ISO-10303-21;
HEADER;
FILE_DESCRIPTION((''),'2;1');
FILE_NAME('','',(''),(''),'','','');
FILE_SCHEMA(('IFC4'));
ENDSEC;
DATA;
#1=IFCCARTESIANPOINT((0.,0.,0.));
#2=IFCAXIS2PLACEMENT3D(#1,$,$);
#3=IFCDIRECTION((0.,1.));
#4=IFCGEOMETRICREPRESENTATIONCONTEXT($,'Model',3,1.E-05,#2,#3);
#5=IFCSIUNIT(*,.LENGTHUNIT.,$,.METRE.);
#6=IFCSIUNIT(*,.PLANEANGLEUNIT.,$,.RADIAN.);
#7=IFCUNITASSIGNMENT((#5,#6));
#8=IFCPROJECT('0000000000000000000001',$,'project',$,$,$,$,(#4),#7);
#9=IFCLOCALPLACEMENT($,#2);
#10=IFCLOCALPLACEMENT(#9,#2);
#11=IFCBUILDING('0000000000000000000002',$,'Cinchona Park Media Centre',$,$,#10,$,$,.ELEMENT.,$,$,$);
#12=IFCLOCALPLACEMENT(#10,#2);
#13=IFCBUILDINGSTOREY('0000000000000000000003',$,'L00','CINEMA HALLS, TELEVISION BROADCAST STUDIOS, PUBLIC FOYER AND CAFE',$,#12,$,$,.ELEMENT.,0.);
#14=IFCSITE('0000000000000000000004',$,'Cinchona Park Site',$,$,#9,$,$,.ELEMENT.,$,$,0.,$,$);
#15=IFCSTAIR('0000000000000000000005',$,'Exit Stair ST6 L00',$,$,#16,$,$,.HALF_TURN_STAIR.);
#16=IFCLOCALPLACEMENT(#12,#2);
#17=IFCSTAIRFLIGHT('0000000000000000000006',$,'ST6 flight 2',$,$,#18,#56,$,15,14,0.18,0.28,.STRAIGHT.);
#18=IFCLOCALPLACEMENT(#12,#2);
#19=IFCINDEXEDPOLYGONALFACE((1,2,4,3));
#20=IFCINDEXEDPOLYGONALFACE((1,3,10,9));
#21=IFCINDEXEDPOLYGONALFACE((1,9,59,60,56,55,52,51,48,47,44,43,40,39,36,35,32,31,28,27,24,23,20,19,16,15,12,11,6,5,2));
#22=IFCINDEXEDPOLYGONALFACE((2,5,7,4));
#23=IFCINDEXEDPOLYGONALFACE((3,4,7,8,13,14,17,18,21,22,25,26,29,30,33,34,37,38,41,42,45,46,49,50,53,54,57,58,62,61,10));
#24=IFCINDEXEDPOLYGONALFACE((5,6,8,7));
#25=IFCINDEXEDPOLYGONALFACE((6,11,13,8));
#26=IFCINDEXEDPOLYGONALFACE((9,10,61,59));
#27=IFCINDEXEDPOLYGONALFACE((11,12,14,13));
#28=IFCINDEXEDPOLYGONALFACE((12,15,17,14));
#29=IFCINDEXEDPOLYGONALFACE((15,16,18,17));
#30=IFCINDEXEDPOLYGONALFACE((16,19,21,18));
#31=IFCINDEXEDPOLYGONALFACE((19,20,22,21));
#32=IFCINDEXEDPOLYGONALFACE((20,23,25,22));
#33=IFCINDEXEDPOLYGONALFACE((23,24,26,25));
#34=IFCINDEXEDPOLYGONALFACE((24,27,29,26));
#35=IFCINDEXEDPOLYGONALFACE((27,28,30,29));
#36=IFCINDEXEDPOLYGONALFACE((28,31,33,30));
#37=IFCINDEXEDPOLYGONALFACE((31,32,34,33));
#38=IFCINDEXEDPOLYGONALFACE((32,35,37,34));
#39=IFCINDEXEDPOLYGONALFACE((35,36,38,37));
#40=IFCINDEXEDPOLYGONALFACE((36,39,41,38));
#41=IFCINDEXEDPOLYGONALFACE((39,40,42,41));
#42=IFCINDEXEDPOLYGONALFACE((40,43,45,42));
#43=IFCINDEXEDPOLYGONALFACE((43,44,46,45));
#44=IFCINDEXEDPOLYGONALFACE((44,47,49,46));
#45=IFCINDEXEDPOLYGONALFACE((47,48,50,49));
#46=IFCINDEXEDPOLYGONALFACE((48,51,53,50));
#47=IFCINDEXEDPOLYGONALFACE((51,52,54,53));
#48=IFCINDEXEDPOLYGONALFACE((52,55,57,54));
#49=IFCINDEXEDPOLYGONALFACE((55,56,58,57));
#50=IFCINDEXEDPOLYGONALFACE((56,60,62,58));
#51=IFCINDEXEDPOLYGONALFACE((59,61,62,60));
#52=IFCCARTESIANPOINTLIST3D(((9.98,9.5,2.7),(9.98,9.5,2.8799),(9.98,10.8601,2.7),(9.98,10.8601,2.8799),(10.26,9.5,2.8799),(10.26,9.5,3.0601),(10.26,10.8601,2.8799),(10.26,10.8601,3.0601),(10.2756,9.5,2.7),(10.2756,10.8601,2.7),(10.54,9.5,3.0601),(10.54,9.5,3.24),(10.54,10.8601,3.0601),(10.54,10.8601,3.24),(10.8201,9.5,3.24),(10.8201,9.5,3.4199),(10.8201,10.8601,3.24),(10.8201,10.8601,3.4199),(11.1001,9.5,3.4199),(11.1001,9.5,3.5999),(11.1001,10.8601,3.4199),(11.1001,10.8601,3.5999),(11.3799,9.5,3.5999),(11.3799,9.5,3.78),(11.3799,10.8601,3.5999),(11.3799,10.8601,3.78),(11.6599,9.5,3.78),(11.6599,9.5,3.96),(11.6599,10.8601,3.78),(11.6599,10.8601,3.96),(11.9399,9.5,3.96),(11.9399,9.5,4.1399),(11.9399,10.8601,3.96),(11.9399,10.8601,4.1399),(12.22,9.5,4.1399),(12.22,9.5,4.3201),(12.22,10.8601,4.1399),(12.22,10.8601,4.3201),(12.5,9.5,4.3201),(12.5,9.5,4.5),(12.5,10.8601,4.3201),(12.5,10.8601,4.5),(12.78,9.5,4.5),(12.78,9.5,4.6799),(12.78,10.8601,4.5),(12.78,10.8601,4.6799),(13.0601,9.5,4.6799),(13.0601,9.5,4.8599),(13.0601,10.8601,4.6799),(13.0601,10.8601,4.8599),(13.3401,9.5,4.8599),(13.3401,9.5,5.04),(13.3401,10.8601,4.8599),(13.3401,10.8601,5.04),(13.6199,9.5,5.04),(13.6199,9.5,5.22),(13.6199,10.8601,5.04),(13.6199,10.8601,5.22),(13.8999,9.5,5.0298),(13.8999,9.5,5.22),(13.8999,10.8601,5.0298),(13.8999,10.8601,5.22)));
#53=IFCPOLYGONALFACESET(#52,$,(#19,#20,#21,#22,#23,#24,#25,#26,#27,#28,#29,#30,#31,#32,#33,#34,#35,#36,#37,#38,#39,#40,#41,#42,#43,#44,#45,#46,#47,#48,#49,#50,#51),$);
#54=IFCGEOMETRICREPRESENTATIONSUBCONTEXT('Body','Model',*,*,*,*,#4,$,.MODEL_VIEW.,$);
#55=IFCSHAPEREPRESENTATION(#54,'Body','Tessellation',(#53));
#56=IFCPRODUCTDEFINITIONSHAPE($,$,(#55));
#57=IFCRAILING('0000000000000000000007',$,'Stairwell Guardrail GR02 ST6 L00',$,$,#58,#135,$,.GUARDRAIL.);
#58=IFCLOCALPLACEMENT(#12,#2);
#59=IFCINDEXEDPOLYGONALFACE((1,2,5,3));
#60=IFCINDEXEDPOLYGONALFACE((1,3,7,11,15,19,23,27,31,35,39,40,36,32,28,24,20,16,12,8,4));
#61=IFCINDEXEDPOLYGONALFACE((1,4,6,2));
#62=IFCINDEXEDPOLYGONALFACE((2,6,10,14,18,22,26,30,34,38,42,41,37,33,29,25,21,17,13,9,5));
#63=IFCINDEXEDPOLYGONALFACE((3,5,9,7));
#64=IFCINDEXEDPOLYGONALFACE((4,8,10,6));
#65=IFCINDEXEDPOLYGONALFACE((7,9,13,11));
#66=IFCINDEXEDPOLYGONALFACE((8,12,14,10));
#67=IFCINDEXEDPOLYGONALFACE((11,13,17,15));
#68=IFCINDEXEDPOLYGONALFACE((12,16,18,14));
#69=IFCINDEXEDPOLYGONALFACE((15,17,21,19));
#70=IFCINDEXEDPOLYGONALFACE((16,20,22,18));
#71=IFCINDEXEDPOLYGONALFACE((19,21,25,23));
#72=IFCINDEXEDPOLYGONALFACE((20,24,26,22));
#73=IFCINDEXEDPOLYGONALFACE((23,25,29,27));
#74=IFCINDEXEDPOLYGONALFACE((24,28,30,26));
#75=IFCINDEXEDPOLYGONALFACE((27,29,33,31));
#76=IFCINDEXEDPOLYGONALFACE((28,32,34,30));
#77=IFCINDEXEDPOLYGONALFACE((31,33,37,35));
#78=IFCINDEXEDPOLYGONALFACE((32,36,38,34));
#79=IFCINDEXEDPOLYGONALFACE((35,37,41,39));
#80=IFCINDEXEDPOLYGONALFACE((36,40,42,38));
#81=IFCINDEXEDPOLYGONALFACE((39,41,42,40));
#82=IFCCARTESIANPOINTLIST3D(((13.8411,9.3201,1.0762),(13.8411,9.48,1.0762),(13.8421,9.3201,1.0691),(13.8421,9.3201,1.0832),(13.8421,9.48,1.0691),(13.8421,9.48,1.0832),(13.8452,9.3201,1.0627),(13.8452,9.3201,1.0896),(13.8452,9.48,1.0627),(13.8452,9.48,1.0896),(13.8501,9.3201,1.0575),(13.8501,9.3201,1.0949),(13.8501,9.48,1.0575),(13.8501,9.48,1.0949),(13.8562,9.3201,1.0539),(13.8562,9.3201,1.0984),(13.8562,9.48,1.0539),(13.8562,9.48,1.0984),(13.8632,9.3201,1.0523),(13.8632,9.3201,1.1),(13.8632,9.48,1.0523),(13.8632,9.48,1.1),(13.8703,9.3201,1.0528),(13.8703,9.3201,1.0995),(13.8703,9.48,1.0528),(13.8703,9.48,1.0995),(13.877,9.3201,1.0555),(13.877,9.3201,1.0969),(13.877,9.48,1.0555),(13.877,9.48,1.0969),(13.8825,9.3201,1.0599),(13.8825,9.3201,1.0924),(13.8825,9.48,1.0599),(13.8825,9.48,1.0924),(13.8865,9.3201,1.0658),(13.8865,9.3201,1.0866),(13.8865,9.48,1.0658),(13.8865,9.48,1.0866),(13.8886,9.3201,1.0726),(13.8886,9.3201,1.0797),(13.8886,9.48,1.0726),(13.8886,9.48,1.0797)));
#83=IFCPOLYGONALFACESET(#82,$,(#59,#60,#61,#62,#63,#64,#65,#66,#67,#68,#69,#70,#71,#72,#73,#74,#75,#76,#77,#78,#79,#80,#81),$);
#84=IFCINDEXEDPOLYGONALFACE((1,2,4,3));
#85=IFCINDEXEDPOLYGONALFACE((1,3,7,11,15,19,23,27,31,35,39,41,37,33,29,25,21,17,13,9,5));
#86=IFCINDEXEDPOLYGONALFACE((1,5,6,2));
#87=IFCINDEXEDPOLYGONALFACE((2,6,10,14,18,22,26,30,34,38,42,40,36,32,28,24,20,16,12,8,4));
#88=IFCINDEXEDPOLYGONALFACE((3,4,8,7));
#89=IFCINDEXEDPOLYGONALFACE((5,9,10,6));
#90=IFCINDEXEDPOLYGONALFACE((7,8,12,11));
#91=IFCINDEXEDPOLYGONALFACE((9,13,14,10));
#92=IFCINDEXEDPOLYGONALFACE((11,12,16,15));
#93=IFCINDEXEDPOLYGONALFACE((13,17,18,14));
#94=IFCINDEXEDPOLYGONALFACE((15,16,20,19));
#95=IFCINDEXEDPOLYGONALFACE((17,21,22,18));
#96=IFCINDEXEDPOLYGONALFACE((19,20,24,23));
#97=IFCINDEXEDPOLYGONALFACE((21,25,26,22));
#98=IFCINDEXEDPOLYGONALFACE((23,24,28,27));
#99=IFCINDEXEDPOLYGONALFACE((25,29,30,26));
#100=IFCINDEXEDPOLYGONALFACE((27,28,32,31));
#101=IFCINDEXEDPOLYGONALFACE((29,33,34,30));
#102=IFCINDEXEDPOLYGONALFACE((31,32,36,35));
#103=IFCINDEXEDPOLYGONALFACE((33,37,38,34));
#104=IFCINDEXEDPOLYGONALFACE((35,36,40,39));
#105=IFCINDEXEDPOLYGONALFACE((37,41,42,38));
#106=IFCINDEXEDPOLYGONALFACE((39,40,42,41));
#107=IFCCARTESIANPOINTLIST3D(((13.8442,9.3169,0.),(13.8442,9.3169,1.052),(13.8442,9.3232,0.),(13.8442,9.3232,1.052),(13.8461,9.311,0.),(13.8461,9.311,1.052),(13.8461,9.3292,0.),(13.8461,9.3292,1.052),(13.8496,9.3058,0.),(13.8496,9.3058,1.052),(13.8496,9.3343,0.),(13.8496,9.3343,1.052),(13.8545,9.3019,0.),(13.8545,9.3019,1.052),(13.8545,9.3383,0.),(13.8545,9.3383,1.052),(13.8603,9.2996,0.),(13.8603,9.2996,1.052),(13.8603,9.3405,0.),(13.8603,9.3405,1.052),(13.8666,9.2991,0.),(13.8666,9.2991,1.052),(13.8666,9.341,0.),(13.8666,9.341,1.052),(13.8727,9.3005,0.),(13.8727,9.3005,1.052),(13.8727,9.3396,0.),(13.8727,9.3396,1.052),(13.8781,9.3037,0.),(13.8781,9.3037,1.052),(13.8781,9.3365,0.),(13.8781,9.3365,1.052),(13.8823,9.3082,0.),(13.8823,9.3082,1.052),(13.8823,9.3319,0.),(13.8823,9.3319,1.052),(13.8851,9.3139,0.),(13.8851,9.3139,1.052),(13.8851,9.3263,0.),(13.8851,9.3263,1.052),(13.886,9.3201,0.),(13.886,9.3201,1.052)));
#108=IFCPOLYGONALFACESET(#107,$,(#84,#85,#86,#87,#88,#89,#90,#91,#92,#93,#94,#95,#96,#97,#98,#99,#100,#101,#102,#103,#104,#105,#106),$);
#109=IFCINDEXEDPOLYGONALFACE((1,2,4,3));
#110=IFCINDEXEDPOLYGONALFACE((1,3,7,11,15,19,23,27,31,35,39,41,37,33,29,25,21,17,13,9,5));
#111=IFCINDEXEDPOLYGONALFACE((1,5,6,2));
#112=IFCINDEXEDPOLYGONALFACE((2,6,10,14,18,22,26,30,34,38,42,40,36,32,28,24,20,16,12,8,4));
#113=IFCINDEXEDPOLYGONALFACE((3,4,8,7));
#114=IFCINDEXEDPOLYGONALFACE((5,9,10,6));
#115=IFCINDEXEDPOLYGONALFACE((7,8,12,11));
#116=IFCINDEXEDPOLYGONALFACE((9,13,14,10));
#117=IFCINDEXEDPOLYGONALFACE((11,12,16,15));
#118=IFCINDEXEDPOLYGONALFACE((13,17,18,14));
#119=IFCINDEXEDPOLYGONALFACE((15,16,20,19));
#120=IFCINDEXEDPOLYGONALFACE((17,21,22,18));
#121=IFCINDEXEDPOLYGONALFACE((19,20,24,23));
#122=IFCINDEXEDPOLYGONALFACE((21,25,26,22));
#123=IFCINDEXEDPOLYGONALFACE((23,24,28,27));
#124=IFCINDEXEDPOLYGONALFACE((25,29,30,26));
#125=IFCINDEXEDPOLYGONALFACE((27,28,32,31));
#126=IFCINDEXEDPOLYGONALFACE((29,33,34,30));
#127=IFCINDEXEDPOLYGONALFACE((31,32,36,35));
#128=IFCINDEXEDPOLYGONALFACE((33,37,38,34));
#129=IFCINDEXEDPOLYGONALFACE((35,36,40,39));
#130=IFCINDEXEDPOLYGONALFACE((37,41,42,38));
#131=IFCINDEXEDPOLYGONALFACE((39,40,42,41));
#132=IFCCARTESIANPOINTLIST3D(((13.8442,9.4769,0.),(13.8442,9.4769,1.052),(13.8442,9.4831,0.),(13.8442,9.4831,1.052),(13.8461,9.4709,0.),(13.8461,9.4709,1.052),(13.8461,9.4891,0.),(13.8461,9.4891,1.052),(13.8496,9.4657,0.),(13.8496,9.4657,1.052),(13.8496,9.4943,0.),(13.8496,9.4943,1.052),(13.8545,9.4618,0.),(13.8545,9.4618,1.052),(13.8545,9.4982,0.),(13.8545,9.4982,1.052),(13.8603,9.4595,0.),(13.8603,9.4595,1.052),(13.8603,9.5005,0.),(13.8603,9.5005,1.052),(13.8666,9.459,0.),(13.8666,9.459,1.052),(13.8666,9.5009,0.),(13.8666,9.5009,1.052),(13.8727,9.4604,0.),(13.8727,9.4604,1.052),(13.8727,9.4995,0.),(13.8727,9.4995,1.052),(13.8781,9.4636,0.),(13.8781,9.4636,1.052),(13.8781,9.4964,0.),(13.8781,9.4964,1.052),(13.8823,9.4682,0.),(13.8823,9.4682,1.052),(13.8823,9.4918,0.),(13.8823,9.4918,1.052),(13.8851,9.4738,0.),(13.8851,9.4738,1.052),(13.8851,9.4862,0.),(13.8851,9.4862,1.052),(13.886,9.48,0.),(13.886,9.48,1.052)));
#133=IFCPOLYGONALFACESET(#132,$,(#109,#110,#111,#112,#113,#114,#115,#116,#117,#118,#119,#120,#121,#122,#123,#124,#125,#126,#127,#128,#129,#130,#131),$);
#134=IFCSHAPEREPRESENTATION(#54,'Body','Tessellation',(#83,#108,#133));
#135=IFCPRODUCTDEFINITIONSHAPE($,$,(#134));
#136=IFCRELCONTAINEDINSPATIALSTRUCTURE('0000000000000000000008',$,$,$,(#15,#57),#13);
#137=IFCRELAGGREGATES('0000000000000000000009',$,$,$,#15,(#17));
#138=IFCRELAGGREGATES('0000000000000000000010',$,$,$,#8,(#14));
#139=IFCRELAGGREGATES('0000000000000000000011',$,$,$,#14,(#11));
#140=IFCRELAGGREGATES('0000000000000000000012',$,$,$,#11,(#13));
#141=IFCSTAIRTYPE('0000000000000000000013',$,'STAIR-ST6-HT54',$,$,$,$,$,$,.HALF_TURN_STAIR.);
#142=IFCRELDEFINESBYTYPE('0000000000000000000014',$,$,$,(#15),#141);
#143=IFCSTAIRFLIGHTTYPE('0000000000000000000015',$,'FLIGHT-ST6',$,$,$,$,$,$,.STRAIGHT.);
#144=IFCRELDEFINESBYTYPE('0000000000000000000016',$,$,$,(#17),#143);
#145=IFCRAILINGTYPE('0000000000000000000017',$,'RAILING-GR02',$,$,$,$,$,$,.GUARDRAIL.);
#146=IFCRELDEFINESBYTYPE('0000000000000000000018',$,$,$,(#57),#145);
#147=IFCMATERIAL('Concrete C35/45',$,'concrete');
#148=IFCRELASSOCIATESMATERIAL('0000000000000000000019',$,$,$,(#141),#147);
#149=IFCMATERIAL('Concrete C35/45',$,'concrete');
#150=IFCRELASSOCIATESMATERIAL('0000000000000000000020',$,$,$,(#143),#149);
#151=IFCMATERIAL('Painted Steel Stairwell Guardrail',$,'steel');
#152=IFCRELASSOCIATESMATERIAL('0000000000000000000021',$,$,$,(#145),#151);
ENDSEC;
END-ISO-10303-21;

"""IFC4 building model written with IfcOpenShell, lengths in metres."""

from ifc_helpers import new_model, si_unit, direction, frame, origin, origin_2d, place, context, subcontext, project, spatial, polyline, circle, outline, extrude, material, type_object, element, aggregate, save


model = new_model("IFC4")

# Units and contexts
model_context = context("Model", 3, precision=1e-05, world=origin(), true_north=direction((0.0, 1.0)))
body_context = subcontext(model_context, "Body", "Model", "MODEL_VIEW")
ifc_project = project(units=[si_unit("LENGTHUNIT", "METRE"), si_unit("PLANEANGLEUNIT", "RADIAN")], contexts=[model_context])

# Site, building, storey
site_placement = place(None, origin())
site = spatial("IfcSite", under=ifc_project, at=site_placement, Name="Cinchona Park Site", CompositionType="ELEMENT", RefElevation=0.0)
building_placement = place(site_placement, origin())
building = spatial("IfcBuilding", under=site, at=building_placement, Name="Cinchona Park Media Centre", CompositionType="ELEMENT")
storey_placement = place(building_placement, origin())
storey = spatial("IfcBuildingStorey", under=building, at=storey_placement, Name="L00", Description="CINEMA HALLS, TELEVISION BROADCAST STUDIOS, PUBLIC FOYER AND CAFE", CompositionType="ELEMENT", Elevation=0.0)

# Stair, stair flight
ifc_material_1 = material(Name="Concrete C35/45", Category="concrete")
stair_type = type_object("IfcStairType", Name="STAIR-ST6-HT54", PredefinedType="HALF_TURN_STAIR", material=ifc_material_1)
stair_placement = place(storey_placement, origin())
stair = element("IfcStair", 1, at=stair_placement, inside=storey, type_object=stair_type, Name="Exit Stair ST6 L00", PredefinedType="HALF_TURN_STAIR")
ifc_material_2 = material(Name="Concrete C35/45", Category="concrete")
stair_flight_type = type_object("IfcStairFlightType", Name="FLIGHT-ST6", PredefinedType="STRAIGHT", material=ifc_material_2)
stair_flight_1_placement = place(storey_placement, frame((9.98, 10.1799, 2.7), z_axis=(0.0, 0.0, 1.0), x_axis=(1.0, 0.0, 0.0)))
stair_flight_1 = element("IfcStairFlight", 2, at=stair_flight_1_placement, type_object=stair_flight_type, Name="ST6 flight 2", NumberOfRisers=15, NumberOfTreads=14, PredefinedType="STRAIGHT", RiserHeight=0.18, TreadLength=0.28, context=body_context, shape_type="SweptSolid", body=[
    extrude(outline(polyline([(0.0, 0.0), (0.0, 0.1799), (0.28, 0.1799), (0.28, 0.3601), (0.5601, 0.3601), (0.5601, 0.54), (0.8401, 0.54), (0.8401, 0.72), (1.1201, 0.72), (1.1201, 0.8999), (1.3999, 0.8999), (1.3999, 1.0801), (1.6799, 1.0801), (1.6799, 1.26), (1.96, 1.26), (1.96, 1.4399), (2.24, 1.4399), (2.24, 1.6201), (2.52, 1.6201), (2.52, 1.8), (2.8, 1.8), (2.8, 1.98), (3.0801, 1.98), (3.0801, 2.1599), (3.3601, 2.1599), (3.3601, 2.3401), (3.6399, 2.3401), (3.6399, 2.52), (3.9199, 2.52), (3.9199, 2.7), (3.9199, 2.3298), (0.2957, 0.0), (0.0, 0.0)])), frame((0.0, 0.6802, 0.0), z_axis=(0.0, -1.0, 0.0), x_axis=(1.0, 0.0, 0.0)), (0.0, 0.0, 1.0), 1.3601),
])
aggregate(stair, [stair_flight_1])

# Railing
ifc_material_3 = material(Name="Painted Steel Stairwell Guardrail", Category="steel")
railing_type_1 = type_object("IfcRailingType", Name="RAILING-GR02", PredefinedType="GUARDRAIL", material=ifc_material_3)
for number, where, name in (
    (3, (13.865, 9.3201, 0.0), "Stairwell Guardrail GR02 ST6 L00"),
):
    element("IfcRailing", number, at=place(storey_placement, frame(where)), inside=storey, type_object=railing_type_1, Name=name, PredefinedType="GUARDRAIL", context=body_context, shape_type="SweptSolid", body=[
        extrude(circle(Radius=0.0239, at=origin_2d()), frame((0.0, 0.0, 1.0762), z_axis=(0.0, 1.0, 0.0), x_axis=(-1.0, 0.0, 0.0)), (0.0, 0.0, 1.0), 0.1599),
        extrude(circle(Radius=0.021, at=origin_2d()), origin(), (0.0, 0.0, 1.0), 1.052),
        extrude(circle(Radius=0.021, at=origin_2d()), frame((0.0, 0.1599, 0.0)), (0.0, 0.0, 1.0), 1.052),
    ])

save(model, "model.ifc")
